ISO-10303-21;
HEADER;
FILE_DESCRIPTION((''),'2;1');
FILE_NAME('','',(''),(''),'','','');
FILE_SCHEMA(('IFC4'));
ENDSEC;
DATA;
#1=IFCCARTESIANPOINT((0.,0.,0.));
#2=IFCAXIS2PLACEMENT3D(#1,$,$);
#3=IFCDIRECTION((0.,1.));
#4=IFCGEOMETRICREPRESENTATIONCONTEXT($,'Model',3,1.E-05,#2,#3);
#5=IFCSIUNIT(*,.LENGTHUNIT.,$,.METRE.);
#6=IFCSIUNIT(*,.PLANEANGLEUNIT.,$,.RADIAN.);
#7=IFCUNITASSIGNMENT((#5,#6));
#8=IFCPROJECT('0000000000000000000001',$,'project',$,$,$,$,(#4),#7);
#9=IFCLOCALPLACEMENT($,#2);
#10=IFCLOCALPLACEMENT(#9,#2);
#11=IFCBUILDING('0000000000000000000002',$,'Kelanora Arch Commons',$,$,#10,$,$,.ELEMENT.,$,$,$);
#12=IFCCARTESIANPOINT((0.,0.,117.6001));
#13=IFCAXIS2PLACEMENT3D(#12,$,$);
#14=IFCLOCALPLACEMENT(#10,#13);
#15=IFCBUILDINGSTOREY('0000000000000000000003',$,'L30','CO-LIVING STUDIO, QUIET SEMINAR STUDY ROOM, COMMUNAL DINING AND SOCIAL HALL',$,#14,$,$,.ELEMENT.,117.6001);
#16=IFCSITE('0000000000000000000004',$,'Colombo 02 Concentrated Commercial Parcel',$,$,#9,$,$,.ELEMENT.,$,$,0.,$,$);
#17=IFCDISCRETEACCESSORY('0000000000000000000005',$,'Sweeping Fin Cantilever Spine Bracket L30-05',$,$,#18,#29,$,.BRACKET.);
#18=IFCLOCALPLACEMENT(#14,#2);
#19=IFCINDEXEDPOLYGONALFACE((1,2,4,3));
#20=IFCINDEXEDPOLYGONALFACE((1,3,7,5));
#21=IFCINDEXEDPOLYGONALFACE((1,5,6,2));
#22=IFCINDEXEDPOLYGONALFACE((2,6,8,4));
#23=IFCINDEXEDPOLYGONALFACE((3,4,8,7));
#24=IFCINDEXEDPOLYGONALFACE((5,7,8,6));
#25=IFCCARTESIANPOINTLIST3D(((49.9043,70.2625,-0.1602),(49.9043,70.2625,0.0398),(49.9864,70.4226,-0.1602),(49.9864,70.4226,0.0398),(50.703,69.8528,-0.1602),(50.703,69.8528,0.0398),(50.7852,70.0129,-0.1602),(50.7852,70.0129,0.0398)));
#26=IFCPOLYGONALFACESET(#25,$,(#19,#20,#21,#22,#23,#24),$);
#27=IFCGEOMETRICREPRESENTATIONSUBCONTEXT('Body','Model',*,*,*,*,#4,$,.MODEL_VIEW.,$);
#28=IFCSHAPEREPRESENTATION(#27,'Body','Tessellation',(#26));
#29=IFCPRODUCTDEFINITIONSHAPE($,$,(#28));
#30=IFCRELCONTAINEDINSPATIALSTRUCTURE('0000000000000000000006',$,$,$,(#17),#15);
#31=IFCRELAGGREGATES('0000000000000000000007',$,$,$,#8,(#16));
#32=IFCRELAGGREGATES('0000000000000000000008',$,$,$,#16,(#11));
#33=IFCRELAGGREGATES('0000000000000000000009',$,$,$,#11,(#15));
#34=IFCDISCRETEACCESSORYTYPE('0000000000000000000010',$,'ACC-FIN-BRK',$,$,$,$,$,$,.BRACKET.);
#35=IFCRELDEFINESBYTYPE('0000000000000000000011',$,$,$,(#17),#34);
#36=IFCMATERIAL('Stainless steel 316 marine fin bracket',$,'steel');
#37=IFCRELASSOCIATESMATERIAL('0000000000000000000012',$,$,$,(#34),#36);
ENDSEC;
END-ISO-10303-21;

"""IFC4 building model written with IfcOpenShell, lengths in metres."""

from ifc_helpers import new_model, si_unit, direction, frame, origin, origin_2d, place, context, subcontext, project, spatial, rectangle, extrude, source, transform, mapped, material, type_object, element, save


model = new_model("IFC4")

# Units and contexts
model_context = context("Model", 3, precision=1e-05, world=origin(), true_north=direction((0.0, 1.0)))
body_context = subcontext(model_context, "Body", "Model", "MODEL_VIEW")
ifc_project = project(units=[si_unit("LENGTHUNIT", "METRE"), si_unit("PLANEANGLEUNIT", "RADIAN")], contexts=[model_context])

# Site, building, storey
site_placement = place(None, origin())
site = spatial("IfcSite", under=ifc_project, at=site_placement, Name="Colombo 02 Concentrated Commercial Parcel", CompositionType="ELEMENT", RefElevation=0.0)
building_placement = place(site_placement, origin())
building = spatial("IfcBuilding", under=site, at=building_placement, Name="Kelanora Arch Commons", CompositionType="ELEMENT")
storey_placement = place(building_placement, frame((0.0, 0.0, 117.6001)))
storey = spatial("IfcBuildingStorey", under=building, at=storey_placement, Name="L30", Description="CO-LIVING STUDIO, QUIET SEMINAR STUDY ROOM, COMMUNAL DINING AND SOCIAL HALL", CompositionType="ELEMENT", Elevation=117.6001)

# Discrete accessory
ifc_material_1 = material(Name="Stainless steel 316 marine fin bracket", Category="steel")
discrete_accessory_type = type_object("IfcDiscreteAccessoryType", Name="ACC-FIN-BRK", PredefinedType="BRACKET", material=ifc_material_1)
shared_shape_1 = source(origin(), body_context, "Body", "SweptSolid", [
    extrude(rectangle(XDim=0.8977, YDim=0.1799, at=origin_2d()), origin(), (0.0, 0.0, 1.0), 0.2),
])
for number, where, z_axis, x_axis, name in (
    (1, (50.3447, 70.1377, -0.1602), (0.0, 0.0, 1.0), (-0.889735, 0.456477, 0.0), "Sweeping Fin Cantilever Spine Bracket L30-05"),
):
    element("IfcDiscreteAccessory", number, at=place(storey_placement, frame(where, z_axis=z_axis, x_axis=x_axis)), inside=storey, type_object=discrete_accessory_type, Name=name, PredefinedType="BRACKET", context=body_context, shape_type="MappedRepresentation", body=[
        mapped(shared_shape_1, transform((0.0, 0.0, 0.0), scale=1.0)),
    ])

save(model, "model.ifc")
